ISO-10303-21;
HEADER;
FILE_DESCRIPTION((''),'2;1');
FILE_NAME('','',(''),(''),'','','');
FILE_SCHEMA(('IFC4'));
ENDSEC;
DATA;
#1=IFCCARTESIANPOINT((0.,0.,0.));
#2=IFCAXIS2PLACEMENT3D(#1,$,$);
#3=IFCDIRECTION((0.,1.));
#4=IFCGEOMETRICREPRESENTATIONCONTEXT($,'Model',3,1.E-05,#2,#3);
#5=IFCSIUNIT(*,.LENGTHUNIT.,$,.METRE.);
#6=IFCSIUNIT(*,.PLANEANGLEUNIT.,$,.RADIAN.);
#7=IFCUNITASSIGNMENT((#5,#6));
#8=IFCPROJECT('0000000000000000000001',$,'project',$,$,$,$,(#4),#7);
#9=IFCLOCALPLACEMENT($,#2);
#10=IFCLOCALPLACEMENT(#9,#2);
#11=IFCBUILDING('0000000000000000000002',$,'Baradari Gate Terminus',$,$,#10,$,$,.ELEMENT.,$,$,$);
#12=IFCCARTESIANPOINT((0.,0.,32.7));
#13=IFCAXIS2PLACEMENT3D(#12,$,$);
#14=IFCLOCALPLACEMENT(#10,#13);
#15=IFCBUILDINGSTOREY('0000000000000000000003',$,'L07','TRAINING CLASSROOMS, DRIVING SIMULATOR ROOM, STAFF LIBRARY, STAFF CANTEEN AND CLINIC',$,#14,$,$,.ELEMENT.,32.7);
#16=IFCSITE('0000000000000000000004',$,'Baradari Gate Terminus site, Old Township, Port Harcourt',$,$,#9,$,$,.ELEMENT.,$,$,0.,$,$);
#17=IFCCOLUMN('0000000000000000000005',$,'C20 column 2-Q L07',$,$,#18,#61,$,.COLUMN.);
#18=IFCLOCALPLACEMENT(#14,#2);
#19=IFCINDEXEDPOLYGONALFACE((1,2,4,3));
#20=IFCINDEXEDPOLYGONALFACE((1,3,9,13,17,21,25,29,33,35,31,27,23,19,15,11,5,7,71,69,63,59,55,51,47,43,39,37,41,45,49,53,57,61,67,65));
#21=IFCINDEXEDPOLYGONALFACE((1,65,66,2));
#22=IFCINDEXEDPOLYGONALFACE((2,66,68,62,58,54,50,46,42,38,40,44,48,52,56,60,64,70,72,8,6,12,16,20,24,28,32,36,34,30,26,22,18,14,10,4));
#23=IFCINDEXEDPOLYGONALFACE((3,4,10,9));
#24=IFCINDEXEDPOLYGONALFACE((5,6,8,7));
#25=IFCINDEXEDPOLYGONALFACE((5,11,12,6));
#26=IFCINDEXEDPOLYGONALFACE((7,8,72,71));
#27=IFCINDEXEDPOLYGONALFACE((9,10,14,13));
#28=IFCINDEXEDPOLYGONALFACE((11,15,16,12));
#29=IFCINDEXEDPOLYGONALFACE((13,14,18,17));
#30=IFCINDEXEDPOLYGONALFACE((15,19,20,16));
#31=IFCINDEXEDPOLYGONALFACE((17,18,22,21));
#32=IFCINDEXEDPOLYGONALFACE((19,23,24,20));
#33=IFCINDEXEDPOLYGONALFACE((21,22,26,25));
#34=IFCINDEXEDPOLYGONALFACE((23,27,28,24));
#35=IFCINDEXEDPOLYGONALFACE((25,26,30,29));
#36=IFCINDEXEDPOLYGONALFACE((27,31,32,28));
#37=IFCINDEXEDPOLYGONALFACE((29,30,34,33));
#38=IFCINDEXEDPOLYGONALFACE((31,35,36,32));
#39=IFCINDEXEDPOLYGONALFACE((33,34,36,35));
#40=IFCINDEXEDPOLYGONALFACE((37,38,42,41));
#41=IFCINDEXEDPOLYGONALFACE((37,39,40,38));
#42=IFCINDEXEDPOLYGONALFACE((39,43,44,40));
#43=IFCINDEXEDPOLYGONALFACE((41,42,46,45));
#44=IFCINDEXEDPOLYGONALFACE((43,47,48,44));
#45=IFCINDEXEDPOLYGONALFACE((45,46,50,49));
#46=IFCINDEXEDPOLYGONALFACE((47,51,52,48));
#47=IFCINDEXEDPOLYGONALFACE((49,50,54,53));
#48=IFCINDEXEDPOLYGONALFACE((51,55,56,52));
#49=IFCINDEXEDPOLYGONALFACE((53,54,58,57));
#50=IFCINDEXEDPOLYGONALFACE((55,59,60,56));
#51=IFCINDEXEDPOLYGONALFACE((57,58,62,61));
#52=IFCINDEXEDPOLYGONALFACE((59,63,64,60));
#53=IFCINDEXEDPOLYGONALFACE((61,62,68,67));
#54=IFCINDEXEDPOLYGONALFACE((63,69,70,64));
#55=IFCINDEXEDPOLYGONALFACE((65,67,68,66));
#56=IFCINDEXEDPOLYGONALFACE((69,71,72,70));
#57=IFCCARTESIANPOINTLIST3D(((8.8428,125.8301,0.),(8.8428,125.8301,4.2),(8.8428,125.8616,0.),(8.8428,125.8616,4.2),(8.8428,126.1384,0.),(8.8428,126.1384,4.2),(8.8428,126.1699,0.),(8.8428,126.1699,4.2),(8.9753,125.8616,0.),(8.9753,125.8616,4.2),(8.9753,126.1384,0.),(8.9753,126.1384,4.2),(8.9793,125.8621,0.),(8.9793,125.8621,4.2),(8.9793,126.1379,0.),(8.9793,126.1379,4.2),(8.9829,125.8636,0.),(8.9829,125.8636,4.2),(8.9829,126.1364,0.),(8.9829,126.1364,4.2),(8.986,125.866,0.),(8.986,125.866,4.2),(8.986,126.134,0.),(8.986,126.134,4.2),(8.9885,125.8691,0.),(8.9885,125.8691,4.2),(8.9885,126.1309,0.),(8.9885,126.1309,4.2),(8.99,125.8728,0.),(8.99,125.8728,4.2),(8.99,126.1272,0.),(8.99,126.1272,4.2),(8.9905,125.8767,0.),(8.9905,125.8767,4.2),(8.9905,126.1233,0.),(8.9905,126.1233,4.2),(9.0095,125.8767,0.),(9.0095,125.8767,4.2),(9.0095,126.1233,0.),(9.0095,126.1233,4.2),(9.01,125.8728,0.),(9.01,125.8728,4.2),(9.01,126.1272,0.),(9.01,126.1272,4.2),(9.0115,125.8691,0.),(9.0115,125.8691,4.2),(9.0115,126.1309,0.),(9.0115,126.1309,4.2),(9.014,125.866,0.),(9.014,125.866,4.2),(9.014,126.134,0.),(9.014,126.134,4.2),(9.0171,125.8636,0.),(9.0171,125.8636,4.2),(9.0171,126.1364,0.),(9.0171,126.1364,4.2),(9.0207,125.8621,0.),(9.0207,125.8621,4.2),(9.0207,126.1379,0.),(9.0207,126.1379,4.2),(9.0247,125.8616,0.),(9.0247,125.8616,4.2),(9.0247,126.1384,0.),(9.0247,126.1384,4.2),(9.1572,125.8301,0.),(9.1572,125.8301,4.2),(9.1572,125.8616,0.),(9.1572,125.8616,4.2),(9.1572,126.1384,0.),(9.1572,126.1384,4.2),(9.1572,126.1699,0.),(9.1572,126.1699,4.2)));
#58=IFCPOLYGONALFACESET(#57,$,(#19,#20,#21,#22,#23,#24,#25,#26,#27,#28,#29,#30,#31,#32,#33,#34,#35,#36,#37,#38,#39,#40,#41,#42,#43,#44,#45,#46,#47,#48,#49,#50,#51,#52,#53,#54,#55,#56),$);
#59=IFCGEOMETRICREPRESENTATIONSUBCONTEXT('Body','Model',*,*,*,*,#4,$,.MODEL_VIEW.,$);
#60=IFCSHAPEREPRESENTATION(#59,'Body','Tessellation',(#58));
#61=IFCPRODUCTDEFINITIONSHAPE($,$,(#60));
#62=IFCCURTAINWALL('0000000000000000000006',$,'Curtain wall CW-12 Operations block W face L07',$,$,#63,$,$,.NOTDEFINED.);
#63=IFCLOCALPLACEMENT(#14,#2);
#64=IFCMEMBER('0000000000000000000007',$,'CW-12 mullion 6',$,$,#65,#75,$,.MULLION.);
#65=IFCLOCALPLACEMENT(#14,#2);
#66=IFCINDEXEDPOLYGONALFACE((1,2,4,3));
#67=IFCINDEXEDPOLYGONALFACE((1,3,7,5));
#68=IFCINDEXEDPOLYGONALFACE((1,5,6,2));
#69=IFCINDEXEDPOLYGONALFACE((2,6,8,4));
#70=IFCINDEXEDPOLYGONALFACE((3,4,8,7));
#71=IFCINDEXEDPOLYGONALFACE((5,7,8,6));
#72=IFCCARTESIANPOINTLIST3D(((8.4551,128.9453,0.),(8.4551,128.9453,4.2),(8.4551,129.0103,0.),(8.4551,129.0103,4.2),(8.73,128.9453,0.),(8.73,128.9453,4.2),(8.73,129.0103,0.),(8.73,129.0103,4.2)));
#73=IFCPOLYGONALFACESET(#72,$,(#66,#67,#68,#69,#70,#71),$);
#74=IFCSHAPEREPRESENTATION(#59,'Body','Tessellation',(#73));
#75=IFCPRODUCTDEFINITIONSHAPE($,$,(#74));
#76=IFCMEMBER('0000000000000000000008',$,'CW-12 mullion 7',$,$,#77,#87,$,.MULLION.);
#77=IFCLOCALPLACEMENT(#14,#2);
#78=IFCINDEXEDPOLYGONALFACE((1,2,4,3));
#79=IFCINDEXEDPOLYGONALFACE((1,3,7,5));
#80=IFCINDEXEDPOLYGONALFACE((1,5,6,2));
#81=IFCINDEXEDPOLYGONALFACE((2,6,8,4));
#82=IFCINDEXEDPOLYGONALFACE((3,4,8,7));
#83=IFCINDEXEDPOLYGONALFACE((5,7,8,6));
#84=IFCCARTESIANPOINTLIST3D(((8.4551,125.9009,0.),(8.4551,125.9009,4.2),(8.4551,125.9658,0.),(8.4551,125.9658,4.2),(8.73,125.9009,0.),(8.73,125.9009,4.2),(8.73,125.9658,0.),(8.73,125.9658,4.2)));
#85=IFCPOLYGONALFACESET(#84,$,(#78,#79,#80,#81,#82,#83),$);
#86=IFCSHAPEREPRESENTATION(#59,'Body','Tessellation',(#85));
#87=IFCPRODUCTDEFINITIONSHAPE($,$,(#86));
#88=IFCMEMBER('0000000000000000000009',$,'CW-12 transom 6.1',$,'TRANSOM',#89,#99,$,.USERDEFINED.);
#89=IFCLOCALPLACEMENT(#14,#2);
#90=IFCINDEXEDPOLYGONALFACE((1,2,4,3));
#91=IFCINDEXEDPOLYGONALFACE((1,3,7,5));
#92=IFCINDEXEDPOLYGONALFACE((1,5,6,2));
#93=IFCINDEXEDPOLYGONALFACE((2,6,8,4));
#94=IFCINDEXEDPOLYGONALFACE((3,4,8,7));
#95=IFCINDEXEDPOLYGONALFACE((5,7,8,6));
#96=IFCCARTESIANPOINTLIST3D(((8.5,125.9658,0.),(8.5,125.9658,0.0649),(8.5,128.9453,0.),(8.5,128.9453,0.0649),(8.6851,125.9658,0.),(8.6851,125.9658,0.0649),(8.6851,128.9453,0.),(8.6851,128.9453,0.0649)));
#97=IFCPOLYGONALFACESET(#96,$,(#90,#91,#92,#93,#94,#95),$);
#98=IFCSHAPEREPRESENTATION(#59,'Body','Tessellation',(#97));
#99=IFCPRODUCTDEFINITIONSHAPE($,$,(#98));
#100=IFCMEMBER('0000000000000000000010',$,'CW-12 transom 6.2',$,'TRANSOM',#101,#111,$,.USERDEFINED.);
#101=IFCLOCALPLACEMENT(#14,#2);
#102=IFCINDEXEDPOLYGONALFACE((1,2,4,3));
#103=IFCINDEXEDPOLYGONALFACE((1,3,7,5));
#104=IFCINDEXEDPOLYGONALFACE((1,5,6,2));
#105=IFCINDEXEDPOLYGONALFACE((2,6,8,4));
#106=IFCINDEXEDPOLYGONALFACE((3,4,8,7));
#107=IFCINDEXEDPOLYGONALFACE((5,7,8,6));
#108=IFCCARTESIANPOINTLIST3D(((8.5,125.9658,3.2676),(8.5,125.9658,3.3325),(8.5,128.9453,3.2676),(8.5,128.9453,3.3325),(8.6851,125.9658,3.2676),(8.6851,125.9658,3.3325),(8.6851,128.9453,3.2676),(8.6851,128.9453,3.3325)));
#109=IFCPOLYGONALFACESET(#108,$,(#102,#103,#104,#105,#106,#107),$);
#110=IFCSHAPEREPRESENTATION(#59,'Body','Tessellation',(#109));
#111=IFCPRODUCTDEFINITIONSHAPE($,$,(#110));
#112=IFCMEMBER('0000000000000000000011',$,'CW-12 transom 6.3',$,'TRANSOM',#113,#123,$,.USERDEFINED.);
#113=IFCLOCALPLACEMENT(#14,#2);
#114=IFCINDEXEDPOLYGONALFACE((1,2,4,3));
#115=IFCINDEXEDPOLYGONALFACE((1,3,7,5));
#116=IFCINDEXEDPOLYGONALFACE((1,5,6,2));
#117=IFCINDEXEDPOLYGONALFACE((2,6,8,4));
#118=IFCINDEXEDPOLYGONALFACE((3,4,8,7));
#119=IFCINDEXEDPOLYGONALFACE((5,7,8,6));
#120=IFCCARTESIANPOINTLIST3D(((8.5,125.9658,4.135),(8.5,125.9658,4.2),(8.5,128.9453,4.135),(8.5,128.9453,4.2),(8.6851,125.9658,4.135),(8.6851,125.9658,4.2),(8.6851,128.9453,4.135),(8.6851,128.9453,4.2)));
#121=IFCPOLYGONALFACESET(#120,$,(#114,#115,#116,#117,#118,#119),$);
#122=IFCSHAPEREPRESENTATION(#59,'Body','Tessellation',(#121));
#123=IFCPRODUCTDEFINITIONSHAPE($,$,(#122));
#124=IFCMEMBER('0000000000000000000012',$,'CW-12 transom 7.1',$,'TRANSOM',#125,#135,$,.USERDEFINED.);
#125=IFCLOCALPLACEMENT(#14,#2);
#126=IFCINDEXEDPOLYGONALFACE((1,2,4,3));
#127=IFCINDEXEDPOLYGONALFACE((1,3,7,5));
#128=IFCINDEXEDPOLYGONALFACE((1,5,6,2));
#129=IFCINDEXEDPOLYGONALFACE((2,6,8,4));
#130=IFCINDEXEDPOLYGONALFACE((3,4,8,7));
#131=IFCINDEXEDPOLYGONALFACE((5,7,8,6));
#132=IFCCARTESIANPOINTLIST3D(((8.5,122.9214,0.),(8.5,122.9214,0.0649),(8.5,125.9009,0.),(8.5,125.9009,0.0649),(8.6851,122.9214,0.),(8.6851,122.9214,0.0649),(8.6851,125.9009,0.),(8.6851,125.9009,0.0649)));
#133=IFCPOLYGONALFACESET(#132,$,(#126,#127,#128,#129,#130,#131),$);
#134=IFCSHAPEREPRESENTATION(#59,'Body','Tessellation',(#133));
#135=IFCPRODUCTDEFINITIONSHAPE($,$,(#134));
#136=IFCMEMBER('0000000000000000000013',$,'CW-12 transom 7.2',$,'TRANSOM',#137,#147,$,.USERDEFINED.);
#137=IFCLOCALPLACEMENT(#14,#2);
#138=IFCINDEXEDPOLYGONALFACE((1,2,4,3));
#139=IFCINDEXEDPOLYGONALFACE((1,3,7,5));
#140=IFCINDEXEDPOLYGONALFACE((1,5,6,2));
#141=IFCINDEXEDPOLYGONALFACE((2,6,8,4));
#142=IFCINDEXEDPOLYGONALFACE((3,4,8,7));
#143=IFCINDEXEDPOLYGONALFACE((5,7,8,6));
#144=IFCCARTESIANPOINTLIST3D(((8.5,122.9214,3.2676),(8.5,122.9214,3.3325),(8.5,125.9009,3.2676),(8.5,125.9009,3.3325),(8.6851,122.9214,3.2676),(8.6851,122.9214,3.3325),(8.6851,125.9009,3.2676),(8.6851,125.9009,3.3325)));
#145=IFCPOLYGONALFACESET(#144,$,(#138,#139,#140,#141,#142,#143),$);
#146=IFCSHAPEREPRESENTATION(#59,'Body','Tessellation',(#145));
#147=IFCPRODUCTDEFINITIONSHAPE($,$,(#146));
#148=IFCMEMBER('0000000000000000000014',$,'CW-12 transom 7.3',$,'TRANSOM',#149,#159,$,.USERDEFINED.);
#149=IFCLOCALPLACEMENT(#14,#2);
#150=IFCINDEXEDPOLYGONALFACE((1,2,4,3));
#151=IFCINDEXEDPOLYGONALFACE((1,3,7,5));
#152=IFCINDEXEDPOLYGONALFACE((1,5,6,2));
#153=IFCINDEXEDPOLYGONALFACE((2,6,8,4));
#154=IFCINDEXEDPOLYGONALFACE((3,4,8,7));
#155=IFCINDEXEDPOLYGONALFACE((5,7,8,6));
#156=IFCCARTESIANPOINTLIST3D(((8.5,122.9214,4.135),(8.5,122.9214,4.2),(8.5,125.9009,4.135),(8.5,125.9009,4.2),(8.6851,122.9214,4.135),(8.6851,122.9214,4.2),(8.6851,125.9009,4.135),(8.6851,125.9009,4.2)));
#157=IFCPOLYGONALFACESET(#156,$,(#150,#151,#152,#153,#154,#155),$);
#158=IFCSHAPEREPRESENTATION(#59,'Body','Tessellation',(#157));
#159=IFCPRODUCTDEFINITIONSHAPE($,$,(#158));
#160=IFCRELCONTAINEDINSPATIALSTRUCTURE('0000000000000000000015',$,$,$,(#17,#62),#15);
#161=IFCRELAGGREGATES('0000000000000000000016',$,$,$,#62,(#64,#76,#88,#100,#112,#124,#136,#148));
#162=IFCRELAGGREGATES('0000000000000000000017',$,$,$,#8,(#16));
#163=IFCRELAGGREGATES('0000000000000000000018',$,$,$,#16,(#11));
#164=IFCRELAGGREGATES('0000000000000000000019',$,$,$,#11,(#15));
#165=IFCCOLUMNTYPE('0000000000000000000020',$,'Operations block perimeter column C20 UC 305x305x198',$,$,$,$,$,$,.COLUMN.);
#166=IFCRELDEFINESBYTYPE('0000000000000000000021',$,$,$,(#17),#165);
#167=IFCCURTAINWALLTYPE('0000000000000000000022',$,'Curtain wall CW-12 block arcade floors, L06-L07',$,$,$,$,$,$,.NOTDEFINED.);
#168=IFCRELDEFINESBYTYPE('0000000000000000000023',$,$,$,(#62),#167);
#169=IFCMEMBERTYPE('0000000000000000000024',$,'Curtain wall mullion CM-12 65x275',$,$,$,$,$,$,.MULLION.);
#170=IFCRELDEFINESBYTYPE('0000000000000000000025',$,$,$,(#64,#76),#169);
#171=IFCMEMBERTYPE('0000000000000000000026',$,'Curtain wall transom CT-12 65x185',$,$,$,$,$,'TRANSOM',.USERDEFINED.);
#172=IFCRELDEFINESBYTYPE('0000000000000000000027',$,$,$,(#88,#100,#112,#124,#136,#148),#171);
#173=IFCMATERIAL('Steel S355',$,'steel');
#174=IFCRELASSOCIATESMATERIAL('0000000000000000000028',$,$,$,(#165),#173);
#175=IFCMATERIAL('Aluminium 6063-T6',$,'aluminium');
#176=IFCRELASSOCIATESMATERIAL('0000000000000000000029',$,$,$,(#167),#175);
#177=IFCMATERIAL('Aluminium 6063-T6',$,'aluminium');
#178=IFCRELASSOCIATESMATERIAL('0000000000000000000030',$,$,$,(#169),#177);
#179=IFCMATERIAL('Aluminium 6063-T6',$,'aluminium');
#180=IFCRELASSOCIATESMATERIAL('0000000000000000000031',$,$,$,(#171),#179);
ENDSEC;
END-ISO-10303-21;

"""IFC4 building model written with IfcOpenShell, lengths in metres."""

from ifc_helpers import new_model, si_unit, direction, frame, origin, origin_2d, place, context, subcontext, project, spatial, rectangle, i_section, extrude, material, material_profile, profile_set, type_object, element, aggregate, save


model = new_model("IFC4")

# Units and contexts
model_context = context("Model", 3, precision=1e-05, world=origin(), true_north=direction((0.0, 1.0)))
body_context = subcontext(model_context, "Body", "Model", "MODEL_VIEW")
ifc_project = project(units=[si_unit("LENGTHUNIT", "METRE"), si_unit("PLANEANGLEUNIT", "RADIAN")], contexts=[model_context])

# Site, building, storey
site_placement = place(None, origin())
site = spatial("IfcSite", under=ifc_project, at=site_placement, Name="Baradari Gate Terminus site, Old Township, Port Harcourt", CompositionType="ELEMENT", RefElevation=0.0)
building_placement = place(site_placement, origin())
building = spatial("IfcBuilding", under=site, at=building_placement, Name="Baradari Gate Terminus", CompositionType="ELEMENT")
storey_placement = place(building_placement, frame((0.0, 0.0, 32.7)))
storey = spatial("IfcBuildingStorey", under=building, at=storey_placement, Name="L07", Description="TRAINING CLASSROOMS, DRIVING SIMULATOR ROOM, STAFF LIBRARY, STAFF CANTEEN AND CLINIC", CompositionType="ELEMENT", Elevation=32.7)

# Column
ifc_material_1 = material(Name="Steel S355", Category="steel")
ifc_material_profile_1 = material_profile(ifc_material_1, i_section(OverallWidth=0.3145, OverallDepth=0.3398, WebThickness=0.019, FlangeThickness=0.0315, FilletRadius=0.0151, at=origin_2d()), Name="UC 305x305x198")
ifc_profile_set_1 = profile_set([ifc_material_profile_1], Name="Steel S355")
column_type = type_object("IfcColumnType", Name="Operations block perimeter column C20 UC 305x305x198", PredefinedType="COLUMN", material=ifc_profile_set_1)
column_placement = place(storey_placement, frame((9.0, 126.0, 0.0), z_axis=(0.0, 0.0, 1.0), x_axis=(1.0, 0.0, 0.0)))
element("IfcColumn", 1, at=column_placement, inside=storey, type_object=column_type, Name="C20 column 2-Q L07", PredefinedType="COLUMN", context=body_context, shape_type="SweptSolid", body=[
    extrude(i_section(OverallWidth=0.3145, OverallDepth=0.3398, WebThickness=0.019, FlangeThickness=0.0315, FilletRadius=0.0151, at=origin_2d()), origin(), (0.0, 0.0, 1.0), 4.2),
])

# Curtain wall, members
ifc_material_2 = material(Name="Aluminium 6063-T6", Category="aluminium")
curtain_wall_type = type_object("IfcCurtainWallType", Name="Curtain wall CW-12 block arcade floors, L06-L07", PredefinedType="NOTDEFINED", material=ifc_material_2)
curtain_wall_placement = place(storey_placement, origin())
curtain_wall = element("IfcCurtainWall", 2, at=curtain_wall_placement, inside=storey, type_object=curtain_wall_type, Name="Curtain wall CW-12 Operations block W face L07", PredefinedType="NOTDEFINED")
ifc_material_3 = material(Name="Aluminium 6063-T6", Category="aluminium")
ifc_material_profile_2 = material_profile(ifc_material_3, rectangle(XDim=0.2749, YDim=0.0649, at=origin_2d()), Name="CM-12 65X275")
ifc_profile_set_2 = profile_set([ifc_material_profile_2], Name="Aluminium 6063-T6")
member_type_1 = type_object("IfcMemberType", Name="Curtain wall mullion CM-12 65x275", PredefinedType="MULLION", material=ifc_profile_set_2)
member_1_placement = place(storey_placement, frame((8.5925, 128.9778, 0.0), z_axis=(0.0, 0.0, 1.0), x_axis=(1.0, 0.0, 0.0)))
member_1 = element("IfcMember", 3, at=member_1_placement, type_object=member_type_1, Name="CW-12 mullion 6", PredefinedType="MULLION", context=body_context, shape_type="SweptSolid", body=[
    extrude(rectangle(XDim=0.2749, YDim=0.0649, at=origin_2d()), origin(), (0.0, 0.0, 1.0), 4.2),
])
member_2_placement = place(storey_placement, frame((8.5925, 125.9333, 0.0), z_axis=(0.0, 0.0, 1.0), x_axis=(1.0, 0.0, 0.0)))
member_2 = element("IfcMember", 4, at=member_2_placement, type_object=member_type_1, Name="CW-12 mullion 7", PredefinedType="MULLION", context=body_context, shape_type="SweptSolid", body=[
    extrude(rectangle(XDim=0.2749, YDim=0.0649, at=origin_2d()), origin(), (0.0, 0.0, 1.0), 4.2),
])
ifc_material_4 = material(Name="Aluminium 6063-T6", Category="aluminium")
ifc_material_profile_3 = material_profile(ifc_material_4, rectangle(XDim=0.1851, YDim=0.0649, at=origin_2d()), Name="CT-12 65X185")
ifc_profile_set_3 = profile_set([ifc_material_profile_3], Name="Aluminium 6063-T6")
member_type_2 = type_object("IfcMemberType", Name="Curtain wall transom CT-12 65x185", ElementType="TRANSOM", PredefinedType="USERDEFINED", material=ifc_profile_set_3)
member_3_placement = place(storey_placement, frame((8.5925, 128.9453, 0.0325), z_axis=(0.0, -1.0, 0.0), x_axis=(1.0, 0.0, 0.0)))
member_3 = element("IfcMember", 5, at=member_3_placement, type_object=member_type_2, Name="CW-12 transom 6.1", ObjectType="TRANSOM", PredefinedType="USERDEFINED", context=body_context, shape_type="SweptSolid", body=[
    extrude(rectangle(XDim=0.1851, YDim=0.0649, at=origin_2d()), origin(), (0.0, 0.0, 1.0), 2.9795),
])
member_4_placement = place(storey_placement, frame((8.5925, 128.9453, 3.3), z_axis=(0.0, -1.0, 0.0), x_axis=(1.0, 0.0, 0.0)))
member_4 = element("IfcMember", 6, at=member_4_placement, type_object=member_type_2, Name="CW-12 transom 6.2", ObjectType="TRANSOM", PredefinedType="USERDEFINED", context=body_context, shape_type="SweptSolid", body=[
    extrude(rectangle(XDim=0.1851, YDim=0.0649, at=origin_2d()), origin(), (0.0, 0.0, 1.0), 2.9795),
])
member_5_placement = place(storey_placement, frame((8.5925, 128.9453, 4.1675), z_axis=(0.0, -1.0, 0.0), x_axis=(1.0, 0.0, 0.0)))
member_5 = element("IfcMember", 7, at=member_5_placement, type_object=member_type_2, Name="CW-12 transom 6.3", ObjectType="TRANSOM", PredefinedType="USERDEFINED", context=body_context, shape_type="SweptSolid", body=[
    extrude(rectangle(XDim=0.1851, YDim=0.0649, at=origin_2d()), origin(), (0.0, 0.0, 1.0), 2.9795),
])
member_6_placement = place(storey_placement, frame((8.5925, 125.9009, 0.0325), z_axis=(0.0, -1.0, 0.0), x_axis=(1.0, 0.0, 0.0)))
member_6 = element("IfcMember", 8, at=member_6_placement, type_object=member_type_2, Name="CW-12 transom 7.1", ObjectType="TRANSOM", PredefinedType="USERDEFINED", context=body_context, shape_type="SweptSolid", body=[
    extrude(rectangle(XDim=0.1851, YDim=0.0649, at=origin_2d()), origin(), (0.0, 0.0, 1.0), 2.9795),
])
member_7_placement = place(storey_placement, frame((8.5925, 125.9009, 3.3), z_axis=(0.0, -1.0, 0.0), x_axis=(1.0, 0.0, 0.0)))
member_7 = element("IfcMember", 9, at=member_7_placement, type_object=member_type_2, Name="CW-12 transom 7.2", ObjectType="TRANSOM", PredefinedType="USERDEFINED", context=body_context, shape_type="SweptSolid", body=[
    extrude(rectangle(XDim=0.1851, YDim=0.0649, at=origin_2d()), origin(), (0.0, 0.0, 1.0), 2.9795),
])
member_8_placement = place(storey_placement, frame((8.5925, 125.9009, 4.1675), z_axis=(0.0, -1.0, 0.0), x_axis=(1.0, 0.0, 0.0)))
member_8 = element("IfcMember", 10, at=member_8_placement, type_object=member_type_2, Name="CW-12 transom 7.3", ObjectType="TRANSOM", PredefinedType="USERDEFINED", context=body_context, shape_type="SweptSolid", body=[
    extrude(rectangle(XDim=0.1851, YDim=0.0649, at=origin_2d()), origin(), (0.0, 0.0, 1.0), 2.9795),
])

aggregate(curtain_wall, [member_1, member_2, member_3, member_4, member_5, member_6, member_7, member_8])

save(model, "model.ifc")
